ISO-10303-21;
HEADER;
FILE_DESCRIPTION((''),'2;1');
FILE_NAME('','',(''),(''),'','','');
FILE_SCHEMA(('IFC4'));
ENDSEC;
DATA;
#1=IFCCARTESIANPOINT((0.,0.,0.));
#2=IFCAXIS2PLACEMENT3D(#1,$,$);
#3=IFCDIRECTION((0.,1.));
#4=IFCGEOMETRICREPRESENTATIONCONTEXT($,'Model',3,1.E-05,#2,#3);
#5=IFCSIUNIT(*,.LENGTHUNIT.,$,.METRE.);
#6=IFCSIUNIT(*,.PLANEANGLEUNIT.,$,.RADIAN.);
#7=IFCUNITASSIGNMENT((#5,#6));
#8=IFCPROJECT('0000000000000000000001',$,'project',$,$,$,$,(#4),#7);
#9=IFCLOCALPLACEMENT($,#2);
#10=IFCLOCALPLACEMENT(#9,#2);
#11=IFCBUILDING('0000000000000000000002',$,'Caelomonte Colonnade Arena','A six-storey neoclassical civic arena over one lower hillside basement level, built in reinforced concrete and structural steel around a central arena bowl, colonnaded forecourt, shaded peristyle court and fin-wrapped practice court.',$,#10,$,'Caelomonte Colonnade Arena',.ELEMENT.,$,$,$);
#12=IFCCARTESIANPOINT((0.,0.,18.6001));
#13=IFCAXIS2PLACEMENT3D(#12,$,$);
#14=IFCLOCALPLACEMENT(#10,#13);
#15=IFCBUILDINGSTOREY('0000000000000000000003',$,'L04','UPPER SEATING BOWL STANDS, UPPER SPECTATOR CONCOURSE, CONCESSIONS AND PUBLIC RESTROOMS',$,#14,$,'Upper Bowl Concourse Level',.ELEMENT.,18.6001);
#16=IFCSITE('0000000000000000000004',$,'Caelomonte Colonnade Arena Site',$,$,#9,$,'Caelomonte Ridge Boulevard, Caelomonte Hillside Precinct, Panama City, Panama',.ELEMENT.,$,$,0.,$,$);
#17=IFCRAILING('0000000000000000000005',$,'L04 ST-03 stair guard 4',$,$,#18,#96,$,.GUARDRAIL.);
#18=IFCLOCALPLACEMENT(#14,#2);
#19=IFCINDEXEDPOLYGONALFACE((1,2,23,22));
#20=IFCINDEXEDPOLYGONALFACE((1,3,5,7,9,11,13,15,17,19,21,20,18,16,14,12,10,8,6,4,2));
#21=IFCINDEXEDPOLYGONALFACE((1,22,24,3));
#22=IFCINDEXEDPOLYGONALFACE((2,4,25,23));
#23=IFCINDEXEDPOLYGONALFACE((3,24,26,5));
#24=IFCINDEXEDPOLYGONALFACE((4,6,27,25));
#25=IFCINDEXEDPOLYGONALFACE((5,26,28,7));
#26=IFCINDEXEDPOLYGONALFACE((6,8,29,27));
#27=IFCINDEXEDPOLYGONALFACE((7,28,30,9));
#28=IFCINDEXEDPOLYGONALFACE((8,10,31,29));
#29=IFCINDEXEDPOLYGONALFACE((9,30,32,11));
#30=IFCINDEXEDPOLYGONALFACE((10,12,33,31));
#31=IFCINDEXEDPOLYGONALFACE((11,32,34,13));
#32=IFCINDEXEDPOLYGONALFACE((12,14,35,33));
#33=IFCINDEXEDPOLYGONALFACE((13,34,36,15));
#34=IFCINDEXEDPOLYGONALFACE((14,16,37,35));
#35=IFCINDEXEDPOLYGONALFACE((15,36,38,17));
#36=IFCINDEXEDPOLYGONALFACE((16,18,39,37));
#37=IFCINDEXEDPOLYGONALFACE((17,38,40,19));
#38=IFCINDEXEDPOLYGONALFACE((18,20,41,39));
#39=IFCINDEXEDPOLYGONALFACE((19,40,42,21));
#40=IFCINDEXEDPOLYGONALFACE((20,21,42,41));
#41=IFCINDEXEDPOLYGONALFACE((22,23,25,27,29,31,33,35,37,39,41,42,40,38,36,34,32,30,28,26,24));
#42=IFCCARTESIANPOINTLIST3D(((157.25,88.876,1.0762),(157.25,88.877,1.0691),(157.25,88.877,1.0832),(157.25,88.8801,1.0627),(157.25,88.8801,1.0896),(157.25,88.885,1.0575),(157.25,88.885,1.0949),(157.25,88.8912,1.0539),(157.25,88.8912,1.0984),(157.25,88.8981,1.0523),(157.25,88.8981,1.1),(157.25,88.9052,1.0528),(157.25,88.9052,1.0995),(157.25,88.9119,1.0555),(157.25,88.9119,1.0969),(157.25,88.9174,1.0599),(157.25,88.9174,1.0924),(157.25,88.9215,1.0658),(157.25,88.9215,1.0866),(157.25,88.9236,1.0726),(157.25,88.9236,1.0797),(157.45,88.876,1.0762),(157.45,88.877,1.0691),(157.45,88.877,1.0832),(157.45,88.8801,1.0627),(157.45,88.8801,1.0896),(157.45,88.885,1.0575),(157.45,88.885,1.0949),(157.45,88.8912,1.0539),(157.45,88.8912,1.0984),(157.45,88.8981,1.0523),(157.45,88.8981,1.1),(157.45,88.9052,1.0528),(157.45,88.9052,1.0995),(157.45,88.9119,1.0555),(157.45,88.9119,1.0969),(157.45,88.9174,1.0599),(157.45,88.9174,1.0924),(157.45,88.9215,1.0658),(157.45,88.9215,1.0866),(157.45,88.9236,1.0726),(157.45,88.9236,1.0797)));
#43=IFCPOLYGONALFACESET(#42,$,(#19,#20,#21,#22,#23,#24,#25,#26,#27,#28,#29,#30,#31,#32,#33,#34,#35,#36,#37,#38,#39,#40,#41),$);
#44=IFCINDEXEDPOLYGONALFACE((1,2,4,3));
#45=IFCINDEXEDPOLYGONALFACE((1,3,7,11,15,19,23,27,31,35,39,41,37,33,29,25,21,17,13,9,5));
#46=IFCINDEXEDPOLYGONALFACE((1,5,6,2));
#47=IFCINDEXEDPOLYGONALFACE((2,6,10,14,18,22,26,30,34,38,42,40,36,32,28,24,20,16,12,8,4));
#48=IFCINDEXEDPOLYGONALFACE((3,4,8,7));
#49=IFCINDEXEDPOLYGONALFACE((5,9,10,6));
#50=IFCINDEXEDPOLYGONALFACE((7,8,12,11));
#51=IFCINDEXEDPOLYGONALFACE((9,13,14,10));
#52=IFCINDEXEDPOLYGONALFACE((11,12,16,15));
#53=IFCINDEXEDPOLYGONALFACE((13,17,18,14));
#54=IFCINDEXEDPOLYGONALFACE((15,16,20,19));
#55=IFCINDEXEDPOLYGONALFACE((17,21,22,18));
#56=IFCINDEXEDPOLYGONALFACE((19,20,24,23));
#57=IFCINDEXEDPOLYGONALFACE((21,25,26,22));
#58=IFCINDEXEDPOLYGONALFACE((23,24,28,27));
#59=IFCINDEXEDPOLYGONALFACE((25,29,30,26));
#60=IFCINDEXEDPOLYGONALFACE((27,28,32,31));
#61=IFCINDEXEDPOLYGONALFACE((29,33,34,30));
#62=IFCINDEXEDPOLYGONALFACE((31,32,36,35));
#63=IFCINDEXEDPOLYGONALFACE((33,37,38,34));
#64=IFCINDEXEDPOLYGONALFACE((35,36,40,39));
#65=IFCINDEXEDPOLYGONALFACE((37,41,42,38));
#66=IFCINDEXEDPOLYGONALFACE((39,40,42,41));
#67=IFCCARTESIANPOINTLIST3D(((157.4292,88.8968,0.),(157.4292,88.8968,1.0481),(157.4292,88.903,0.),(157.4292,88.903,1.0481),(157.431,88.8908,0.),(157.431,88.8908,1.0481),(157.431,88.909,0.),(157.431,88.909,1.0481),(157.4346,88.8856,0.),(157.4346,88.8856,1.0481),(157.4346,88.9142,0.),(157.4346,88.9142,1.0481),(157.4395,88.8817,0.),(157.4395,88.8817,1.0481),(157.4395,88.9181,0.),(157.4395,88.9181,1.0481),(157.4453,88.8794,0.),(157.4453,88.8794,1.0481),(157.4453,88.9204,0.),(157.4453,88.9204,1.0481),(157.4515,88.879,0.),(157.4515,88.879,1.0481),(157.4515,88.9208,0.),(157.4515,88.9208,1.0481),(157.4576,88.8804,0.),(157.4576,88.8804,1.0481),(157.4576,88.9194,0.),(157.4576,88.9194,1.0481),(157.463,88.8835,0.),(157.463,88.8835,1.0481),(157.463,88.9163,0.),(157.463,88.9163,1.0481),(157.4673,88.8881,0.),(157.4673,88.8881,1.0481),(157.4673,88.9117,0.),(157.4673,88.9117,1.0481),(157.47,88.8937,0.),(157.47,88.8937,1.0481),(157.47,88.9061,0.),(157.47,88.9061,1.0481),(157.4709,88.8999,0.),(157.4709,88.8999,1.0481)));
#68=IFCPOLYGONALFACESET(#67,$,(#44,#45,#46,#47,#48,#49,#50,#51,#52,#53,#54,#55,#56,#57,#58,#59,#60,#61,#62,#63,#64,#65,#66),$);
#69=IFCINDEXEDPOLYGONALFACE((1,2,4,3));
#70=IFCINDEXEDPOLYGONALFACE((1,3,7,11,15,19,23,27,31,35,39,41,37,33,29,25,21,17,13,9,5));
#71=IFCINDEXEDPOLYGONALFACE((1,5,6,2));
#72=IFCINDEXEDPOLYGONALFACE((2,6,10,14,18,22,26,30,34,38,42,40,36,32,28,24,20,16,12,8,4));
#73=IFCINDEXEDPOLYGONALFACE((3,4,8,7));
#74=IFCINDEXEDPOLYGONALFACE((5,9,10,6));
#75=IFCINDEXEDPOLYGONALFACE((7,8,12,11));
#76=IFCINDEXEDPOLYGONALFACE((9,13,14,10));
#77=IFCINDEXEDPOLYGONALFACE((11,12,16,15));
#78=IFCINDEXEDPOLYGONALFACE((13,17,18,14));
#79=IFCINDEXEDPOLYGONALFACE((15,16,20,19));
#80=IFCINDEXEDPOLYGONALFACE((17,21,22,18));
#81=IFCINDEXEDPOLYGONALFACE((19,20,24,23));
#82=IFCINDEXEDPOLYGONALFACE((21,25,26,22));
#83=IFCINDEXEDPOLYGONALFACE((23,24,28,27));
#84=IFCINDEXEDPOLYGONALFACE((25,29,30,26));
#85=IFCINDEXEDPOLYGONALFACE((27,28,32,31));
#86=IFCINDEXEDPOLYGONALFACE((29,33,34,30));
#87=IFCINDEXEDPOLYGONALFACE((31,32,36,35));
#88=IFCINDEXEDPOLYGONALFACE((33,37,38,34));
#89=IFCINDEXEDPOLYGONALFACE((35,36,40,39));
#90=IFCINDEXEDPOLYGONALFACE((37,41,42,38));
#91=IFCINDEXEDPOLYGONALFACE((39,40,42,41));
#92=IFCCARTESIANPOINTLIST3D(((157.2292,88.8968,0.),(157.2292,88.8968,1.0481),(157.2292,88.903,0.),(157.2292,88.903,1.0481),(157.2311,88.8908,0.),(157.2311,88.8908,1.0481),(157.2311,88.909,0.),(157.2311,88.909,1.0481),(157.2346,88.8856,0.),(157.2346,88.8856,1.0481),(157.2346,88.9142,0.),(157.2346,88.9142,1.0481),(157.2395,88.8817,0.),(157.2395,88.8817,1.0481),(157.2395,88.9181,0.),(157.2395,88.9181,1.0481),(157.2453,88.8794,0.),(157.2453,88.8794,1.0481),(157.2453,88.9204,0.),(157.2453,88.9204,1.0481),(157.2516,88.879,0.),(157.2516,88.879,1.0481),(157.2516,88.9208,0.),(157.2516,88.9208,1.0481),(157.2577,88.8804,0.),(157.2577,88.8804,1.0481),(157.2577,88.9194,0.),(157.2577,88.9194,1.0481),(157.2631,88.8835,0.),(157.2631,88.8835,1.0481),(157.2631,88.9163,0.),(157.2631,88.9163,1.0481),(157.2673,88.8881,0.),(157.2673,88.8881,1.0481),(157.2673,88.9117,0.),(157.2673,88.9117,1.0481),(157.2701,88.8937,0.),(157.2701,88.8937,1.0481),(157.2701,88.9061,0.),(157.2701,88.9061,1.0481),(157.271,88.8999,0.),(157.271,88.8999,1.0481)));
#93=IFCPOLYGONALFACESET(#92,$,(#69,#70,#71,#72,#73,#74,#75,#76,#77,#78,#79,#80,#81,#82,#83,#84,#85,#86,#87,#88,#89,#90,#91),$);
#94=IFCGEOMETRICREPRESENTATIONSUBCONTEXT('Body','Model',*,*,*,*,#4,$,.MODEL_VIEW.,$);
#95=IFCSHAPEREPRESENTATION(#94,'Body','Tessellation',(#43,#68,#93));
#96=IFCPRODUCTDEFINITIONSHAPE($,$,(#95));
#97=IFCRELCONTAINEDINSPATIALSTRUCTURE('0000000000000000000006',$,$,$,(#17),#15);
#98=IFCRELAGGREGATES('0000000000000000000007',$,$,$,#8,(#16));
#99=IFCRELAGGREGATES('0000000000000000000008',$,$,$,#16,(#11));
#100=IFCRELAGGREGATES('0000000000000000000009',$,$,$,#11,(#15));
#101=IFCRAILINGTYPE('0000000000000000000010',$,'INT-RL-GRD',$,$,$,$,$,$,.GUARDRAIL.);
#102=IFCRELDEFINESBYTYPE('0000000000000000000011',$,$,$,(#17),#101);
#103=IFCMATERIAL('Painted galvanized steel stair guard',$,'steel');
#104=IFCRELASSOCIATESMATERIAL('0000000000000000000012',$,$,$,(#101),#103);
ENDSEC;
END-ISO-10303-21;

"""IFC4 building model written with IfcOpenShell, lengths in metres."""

from ifc_helpers import new_model, si_unit, direction, frame, origin, origin_2d, place, context, subcontext, project, spatial, circle, extrude, material, type_object, element, save


model = new_model("IFC4")

# Units and contexts
model_context = context("Model", 3, precision=1e-05, world=origin(), true_north=direction((0.0, 1.0)))
body_context = subcontext(model_context, "Body", "Model", "MODEL_VIEW")
ifc_project = project(units=[si_unit("LENGTHUNIT", "METRE"), si_unit("PLANEANGLEUNIT", "RADIAN")], contexts=[model_context])

# Site, building, storey
site_placement = place(None, origin())
site = spatial("IfcSite", under=ifc_project, at=site_placement, Name="Caelomonte Colonnade Arena Site", LongName="Caelomonte Ridge Boulevard, Caelomonte Hillside Precinct, Panama City, Panama", CompositionType="ELEMENT", RefElevation=0.0)
building_placement = place(site_placement, origin())
building = spatial("IfcBuilding", under=site, at=building_placement, Name="Caelomonte Colonnade Arena", Description="A six-storey neoclassical civic arena over one lower hillside basement level, built in reinforced concrete and structural steel around a central arena bowl, colonnaded forecourt, shaded peristyle court and fin-wrapped practice court.", LongName="Caelomonte Colonnade Arena", CompositionType="ELEMENT")
storey_placement = place(building_placement, frame((0.0, 0.0, 18.6001)))
storey = spatial("IfcBuildingStorey", under=building, at=storey_placement, Name="L04", Description="UPPER SEATING BOWL STANDS, UPPER SPECTATOR CONCOURSE, CONCESSIONS AND PUBLIC RESTROOMS", LongName="Upper Bowl Concourse Level", CompositionType="ELEMENT", Elevation=18.6001)

# Railing
ifc_material_1 = material(Name="Painted galvanized steel stair guard", Category="steel")
railing_type_1 = type_object("IfcRailingType", Name="INT-RL-GRD", PredefinedType="GUARDRAIL", material=ifc_material_1)
railing_1_placement = place(storey_placement, frame((157.45, 88.8999, 0.0)))
element("IfcRailing", 1, at=railing_1_placement, inside=storey, type_object=railing_type_1, Name="L04 ST-03 stair guard 4", PredefinedType="GUARDRAIL", context=body_context, shape_type="SweptSolid", body=[
    extrude(circle(Radius=0.0239, at=origin_2d()), frame((0.0, 0.0, 1.0762), z_axis=(-1.0, 0.0, 0.0), x_axis=(0.0, -1.0, 0.0)), (0.0, 0.0, 1.0), 0.2),
    extrude(circle(Radius=0.021, at=origin_2d()), origin(), (0.0, 0.0, 1.0), 1.0481),
    extrude(circle(Radius=0.021, at=origin_2d()), frame((-0.2, 0.0, 0.0)), (0.0, 0.0, 1.0), 1.0481),
])

save(model, "model.ifc")
